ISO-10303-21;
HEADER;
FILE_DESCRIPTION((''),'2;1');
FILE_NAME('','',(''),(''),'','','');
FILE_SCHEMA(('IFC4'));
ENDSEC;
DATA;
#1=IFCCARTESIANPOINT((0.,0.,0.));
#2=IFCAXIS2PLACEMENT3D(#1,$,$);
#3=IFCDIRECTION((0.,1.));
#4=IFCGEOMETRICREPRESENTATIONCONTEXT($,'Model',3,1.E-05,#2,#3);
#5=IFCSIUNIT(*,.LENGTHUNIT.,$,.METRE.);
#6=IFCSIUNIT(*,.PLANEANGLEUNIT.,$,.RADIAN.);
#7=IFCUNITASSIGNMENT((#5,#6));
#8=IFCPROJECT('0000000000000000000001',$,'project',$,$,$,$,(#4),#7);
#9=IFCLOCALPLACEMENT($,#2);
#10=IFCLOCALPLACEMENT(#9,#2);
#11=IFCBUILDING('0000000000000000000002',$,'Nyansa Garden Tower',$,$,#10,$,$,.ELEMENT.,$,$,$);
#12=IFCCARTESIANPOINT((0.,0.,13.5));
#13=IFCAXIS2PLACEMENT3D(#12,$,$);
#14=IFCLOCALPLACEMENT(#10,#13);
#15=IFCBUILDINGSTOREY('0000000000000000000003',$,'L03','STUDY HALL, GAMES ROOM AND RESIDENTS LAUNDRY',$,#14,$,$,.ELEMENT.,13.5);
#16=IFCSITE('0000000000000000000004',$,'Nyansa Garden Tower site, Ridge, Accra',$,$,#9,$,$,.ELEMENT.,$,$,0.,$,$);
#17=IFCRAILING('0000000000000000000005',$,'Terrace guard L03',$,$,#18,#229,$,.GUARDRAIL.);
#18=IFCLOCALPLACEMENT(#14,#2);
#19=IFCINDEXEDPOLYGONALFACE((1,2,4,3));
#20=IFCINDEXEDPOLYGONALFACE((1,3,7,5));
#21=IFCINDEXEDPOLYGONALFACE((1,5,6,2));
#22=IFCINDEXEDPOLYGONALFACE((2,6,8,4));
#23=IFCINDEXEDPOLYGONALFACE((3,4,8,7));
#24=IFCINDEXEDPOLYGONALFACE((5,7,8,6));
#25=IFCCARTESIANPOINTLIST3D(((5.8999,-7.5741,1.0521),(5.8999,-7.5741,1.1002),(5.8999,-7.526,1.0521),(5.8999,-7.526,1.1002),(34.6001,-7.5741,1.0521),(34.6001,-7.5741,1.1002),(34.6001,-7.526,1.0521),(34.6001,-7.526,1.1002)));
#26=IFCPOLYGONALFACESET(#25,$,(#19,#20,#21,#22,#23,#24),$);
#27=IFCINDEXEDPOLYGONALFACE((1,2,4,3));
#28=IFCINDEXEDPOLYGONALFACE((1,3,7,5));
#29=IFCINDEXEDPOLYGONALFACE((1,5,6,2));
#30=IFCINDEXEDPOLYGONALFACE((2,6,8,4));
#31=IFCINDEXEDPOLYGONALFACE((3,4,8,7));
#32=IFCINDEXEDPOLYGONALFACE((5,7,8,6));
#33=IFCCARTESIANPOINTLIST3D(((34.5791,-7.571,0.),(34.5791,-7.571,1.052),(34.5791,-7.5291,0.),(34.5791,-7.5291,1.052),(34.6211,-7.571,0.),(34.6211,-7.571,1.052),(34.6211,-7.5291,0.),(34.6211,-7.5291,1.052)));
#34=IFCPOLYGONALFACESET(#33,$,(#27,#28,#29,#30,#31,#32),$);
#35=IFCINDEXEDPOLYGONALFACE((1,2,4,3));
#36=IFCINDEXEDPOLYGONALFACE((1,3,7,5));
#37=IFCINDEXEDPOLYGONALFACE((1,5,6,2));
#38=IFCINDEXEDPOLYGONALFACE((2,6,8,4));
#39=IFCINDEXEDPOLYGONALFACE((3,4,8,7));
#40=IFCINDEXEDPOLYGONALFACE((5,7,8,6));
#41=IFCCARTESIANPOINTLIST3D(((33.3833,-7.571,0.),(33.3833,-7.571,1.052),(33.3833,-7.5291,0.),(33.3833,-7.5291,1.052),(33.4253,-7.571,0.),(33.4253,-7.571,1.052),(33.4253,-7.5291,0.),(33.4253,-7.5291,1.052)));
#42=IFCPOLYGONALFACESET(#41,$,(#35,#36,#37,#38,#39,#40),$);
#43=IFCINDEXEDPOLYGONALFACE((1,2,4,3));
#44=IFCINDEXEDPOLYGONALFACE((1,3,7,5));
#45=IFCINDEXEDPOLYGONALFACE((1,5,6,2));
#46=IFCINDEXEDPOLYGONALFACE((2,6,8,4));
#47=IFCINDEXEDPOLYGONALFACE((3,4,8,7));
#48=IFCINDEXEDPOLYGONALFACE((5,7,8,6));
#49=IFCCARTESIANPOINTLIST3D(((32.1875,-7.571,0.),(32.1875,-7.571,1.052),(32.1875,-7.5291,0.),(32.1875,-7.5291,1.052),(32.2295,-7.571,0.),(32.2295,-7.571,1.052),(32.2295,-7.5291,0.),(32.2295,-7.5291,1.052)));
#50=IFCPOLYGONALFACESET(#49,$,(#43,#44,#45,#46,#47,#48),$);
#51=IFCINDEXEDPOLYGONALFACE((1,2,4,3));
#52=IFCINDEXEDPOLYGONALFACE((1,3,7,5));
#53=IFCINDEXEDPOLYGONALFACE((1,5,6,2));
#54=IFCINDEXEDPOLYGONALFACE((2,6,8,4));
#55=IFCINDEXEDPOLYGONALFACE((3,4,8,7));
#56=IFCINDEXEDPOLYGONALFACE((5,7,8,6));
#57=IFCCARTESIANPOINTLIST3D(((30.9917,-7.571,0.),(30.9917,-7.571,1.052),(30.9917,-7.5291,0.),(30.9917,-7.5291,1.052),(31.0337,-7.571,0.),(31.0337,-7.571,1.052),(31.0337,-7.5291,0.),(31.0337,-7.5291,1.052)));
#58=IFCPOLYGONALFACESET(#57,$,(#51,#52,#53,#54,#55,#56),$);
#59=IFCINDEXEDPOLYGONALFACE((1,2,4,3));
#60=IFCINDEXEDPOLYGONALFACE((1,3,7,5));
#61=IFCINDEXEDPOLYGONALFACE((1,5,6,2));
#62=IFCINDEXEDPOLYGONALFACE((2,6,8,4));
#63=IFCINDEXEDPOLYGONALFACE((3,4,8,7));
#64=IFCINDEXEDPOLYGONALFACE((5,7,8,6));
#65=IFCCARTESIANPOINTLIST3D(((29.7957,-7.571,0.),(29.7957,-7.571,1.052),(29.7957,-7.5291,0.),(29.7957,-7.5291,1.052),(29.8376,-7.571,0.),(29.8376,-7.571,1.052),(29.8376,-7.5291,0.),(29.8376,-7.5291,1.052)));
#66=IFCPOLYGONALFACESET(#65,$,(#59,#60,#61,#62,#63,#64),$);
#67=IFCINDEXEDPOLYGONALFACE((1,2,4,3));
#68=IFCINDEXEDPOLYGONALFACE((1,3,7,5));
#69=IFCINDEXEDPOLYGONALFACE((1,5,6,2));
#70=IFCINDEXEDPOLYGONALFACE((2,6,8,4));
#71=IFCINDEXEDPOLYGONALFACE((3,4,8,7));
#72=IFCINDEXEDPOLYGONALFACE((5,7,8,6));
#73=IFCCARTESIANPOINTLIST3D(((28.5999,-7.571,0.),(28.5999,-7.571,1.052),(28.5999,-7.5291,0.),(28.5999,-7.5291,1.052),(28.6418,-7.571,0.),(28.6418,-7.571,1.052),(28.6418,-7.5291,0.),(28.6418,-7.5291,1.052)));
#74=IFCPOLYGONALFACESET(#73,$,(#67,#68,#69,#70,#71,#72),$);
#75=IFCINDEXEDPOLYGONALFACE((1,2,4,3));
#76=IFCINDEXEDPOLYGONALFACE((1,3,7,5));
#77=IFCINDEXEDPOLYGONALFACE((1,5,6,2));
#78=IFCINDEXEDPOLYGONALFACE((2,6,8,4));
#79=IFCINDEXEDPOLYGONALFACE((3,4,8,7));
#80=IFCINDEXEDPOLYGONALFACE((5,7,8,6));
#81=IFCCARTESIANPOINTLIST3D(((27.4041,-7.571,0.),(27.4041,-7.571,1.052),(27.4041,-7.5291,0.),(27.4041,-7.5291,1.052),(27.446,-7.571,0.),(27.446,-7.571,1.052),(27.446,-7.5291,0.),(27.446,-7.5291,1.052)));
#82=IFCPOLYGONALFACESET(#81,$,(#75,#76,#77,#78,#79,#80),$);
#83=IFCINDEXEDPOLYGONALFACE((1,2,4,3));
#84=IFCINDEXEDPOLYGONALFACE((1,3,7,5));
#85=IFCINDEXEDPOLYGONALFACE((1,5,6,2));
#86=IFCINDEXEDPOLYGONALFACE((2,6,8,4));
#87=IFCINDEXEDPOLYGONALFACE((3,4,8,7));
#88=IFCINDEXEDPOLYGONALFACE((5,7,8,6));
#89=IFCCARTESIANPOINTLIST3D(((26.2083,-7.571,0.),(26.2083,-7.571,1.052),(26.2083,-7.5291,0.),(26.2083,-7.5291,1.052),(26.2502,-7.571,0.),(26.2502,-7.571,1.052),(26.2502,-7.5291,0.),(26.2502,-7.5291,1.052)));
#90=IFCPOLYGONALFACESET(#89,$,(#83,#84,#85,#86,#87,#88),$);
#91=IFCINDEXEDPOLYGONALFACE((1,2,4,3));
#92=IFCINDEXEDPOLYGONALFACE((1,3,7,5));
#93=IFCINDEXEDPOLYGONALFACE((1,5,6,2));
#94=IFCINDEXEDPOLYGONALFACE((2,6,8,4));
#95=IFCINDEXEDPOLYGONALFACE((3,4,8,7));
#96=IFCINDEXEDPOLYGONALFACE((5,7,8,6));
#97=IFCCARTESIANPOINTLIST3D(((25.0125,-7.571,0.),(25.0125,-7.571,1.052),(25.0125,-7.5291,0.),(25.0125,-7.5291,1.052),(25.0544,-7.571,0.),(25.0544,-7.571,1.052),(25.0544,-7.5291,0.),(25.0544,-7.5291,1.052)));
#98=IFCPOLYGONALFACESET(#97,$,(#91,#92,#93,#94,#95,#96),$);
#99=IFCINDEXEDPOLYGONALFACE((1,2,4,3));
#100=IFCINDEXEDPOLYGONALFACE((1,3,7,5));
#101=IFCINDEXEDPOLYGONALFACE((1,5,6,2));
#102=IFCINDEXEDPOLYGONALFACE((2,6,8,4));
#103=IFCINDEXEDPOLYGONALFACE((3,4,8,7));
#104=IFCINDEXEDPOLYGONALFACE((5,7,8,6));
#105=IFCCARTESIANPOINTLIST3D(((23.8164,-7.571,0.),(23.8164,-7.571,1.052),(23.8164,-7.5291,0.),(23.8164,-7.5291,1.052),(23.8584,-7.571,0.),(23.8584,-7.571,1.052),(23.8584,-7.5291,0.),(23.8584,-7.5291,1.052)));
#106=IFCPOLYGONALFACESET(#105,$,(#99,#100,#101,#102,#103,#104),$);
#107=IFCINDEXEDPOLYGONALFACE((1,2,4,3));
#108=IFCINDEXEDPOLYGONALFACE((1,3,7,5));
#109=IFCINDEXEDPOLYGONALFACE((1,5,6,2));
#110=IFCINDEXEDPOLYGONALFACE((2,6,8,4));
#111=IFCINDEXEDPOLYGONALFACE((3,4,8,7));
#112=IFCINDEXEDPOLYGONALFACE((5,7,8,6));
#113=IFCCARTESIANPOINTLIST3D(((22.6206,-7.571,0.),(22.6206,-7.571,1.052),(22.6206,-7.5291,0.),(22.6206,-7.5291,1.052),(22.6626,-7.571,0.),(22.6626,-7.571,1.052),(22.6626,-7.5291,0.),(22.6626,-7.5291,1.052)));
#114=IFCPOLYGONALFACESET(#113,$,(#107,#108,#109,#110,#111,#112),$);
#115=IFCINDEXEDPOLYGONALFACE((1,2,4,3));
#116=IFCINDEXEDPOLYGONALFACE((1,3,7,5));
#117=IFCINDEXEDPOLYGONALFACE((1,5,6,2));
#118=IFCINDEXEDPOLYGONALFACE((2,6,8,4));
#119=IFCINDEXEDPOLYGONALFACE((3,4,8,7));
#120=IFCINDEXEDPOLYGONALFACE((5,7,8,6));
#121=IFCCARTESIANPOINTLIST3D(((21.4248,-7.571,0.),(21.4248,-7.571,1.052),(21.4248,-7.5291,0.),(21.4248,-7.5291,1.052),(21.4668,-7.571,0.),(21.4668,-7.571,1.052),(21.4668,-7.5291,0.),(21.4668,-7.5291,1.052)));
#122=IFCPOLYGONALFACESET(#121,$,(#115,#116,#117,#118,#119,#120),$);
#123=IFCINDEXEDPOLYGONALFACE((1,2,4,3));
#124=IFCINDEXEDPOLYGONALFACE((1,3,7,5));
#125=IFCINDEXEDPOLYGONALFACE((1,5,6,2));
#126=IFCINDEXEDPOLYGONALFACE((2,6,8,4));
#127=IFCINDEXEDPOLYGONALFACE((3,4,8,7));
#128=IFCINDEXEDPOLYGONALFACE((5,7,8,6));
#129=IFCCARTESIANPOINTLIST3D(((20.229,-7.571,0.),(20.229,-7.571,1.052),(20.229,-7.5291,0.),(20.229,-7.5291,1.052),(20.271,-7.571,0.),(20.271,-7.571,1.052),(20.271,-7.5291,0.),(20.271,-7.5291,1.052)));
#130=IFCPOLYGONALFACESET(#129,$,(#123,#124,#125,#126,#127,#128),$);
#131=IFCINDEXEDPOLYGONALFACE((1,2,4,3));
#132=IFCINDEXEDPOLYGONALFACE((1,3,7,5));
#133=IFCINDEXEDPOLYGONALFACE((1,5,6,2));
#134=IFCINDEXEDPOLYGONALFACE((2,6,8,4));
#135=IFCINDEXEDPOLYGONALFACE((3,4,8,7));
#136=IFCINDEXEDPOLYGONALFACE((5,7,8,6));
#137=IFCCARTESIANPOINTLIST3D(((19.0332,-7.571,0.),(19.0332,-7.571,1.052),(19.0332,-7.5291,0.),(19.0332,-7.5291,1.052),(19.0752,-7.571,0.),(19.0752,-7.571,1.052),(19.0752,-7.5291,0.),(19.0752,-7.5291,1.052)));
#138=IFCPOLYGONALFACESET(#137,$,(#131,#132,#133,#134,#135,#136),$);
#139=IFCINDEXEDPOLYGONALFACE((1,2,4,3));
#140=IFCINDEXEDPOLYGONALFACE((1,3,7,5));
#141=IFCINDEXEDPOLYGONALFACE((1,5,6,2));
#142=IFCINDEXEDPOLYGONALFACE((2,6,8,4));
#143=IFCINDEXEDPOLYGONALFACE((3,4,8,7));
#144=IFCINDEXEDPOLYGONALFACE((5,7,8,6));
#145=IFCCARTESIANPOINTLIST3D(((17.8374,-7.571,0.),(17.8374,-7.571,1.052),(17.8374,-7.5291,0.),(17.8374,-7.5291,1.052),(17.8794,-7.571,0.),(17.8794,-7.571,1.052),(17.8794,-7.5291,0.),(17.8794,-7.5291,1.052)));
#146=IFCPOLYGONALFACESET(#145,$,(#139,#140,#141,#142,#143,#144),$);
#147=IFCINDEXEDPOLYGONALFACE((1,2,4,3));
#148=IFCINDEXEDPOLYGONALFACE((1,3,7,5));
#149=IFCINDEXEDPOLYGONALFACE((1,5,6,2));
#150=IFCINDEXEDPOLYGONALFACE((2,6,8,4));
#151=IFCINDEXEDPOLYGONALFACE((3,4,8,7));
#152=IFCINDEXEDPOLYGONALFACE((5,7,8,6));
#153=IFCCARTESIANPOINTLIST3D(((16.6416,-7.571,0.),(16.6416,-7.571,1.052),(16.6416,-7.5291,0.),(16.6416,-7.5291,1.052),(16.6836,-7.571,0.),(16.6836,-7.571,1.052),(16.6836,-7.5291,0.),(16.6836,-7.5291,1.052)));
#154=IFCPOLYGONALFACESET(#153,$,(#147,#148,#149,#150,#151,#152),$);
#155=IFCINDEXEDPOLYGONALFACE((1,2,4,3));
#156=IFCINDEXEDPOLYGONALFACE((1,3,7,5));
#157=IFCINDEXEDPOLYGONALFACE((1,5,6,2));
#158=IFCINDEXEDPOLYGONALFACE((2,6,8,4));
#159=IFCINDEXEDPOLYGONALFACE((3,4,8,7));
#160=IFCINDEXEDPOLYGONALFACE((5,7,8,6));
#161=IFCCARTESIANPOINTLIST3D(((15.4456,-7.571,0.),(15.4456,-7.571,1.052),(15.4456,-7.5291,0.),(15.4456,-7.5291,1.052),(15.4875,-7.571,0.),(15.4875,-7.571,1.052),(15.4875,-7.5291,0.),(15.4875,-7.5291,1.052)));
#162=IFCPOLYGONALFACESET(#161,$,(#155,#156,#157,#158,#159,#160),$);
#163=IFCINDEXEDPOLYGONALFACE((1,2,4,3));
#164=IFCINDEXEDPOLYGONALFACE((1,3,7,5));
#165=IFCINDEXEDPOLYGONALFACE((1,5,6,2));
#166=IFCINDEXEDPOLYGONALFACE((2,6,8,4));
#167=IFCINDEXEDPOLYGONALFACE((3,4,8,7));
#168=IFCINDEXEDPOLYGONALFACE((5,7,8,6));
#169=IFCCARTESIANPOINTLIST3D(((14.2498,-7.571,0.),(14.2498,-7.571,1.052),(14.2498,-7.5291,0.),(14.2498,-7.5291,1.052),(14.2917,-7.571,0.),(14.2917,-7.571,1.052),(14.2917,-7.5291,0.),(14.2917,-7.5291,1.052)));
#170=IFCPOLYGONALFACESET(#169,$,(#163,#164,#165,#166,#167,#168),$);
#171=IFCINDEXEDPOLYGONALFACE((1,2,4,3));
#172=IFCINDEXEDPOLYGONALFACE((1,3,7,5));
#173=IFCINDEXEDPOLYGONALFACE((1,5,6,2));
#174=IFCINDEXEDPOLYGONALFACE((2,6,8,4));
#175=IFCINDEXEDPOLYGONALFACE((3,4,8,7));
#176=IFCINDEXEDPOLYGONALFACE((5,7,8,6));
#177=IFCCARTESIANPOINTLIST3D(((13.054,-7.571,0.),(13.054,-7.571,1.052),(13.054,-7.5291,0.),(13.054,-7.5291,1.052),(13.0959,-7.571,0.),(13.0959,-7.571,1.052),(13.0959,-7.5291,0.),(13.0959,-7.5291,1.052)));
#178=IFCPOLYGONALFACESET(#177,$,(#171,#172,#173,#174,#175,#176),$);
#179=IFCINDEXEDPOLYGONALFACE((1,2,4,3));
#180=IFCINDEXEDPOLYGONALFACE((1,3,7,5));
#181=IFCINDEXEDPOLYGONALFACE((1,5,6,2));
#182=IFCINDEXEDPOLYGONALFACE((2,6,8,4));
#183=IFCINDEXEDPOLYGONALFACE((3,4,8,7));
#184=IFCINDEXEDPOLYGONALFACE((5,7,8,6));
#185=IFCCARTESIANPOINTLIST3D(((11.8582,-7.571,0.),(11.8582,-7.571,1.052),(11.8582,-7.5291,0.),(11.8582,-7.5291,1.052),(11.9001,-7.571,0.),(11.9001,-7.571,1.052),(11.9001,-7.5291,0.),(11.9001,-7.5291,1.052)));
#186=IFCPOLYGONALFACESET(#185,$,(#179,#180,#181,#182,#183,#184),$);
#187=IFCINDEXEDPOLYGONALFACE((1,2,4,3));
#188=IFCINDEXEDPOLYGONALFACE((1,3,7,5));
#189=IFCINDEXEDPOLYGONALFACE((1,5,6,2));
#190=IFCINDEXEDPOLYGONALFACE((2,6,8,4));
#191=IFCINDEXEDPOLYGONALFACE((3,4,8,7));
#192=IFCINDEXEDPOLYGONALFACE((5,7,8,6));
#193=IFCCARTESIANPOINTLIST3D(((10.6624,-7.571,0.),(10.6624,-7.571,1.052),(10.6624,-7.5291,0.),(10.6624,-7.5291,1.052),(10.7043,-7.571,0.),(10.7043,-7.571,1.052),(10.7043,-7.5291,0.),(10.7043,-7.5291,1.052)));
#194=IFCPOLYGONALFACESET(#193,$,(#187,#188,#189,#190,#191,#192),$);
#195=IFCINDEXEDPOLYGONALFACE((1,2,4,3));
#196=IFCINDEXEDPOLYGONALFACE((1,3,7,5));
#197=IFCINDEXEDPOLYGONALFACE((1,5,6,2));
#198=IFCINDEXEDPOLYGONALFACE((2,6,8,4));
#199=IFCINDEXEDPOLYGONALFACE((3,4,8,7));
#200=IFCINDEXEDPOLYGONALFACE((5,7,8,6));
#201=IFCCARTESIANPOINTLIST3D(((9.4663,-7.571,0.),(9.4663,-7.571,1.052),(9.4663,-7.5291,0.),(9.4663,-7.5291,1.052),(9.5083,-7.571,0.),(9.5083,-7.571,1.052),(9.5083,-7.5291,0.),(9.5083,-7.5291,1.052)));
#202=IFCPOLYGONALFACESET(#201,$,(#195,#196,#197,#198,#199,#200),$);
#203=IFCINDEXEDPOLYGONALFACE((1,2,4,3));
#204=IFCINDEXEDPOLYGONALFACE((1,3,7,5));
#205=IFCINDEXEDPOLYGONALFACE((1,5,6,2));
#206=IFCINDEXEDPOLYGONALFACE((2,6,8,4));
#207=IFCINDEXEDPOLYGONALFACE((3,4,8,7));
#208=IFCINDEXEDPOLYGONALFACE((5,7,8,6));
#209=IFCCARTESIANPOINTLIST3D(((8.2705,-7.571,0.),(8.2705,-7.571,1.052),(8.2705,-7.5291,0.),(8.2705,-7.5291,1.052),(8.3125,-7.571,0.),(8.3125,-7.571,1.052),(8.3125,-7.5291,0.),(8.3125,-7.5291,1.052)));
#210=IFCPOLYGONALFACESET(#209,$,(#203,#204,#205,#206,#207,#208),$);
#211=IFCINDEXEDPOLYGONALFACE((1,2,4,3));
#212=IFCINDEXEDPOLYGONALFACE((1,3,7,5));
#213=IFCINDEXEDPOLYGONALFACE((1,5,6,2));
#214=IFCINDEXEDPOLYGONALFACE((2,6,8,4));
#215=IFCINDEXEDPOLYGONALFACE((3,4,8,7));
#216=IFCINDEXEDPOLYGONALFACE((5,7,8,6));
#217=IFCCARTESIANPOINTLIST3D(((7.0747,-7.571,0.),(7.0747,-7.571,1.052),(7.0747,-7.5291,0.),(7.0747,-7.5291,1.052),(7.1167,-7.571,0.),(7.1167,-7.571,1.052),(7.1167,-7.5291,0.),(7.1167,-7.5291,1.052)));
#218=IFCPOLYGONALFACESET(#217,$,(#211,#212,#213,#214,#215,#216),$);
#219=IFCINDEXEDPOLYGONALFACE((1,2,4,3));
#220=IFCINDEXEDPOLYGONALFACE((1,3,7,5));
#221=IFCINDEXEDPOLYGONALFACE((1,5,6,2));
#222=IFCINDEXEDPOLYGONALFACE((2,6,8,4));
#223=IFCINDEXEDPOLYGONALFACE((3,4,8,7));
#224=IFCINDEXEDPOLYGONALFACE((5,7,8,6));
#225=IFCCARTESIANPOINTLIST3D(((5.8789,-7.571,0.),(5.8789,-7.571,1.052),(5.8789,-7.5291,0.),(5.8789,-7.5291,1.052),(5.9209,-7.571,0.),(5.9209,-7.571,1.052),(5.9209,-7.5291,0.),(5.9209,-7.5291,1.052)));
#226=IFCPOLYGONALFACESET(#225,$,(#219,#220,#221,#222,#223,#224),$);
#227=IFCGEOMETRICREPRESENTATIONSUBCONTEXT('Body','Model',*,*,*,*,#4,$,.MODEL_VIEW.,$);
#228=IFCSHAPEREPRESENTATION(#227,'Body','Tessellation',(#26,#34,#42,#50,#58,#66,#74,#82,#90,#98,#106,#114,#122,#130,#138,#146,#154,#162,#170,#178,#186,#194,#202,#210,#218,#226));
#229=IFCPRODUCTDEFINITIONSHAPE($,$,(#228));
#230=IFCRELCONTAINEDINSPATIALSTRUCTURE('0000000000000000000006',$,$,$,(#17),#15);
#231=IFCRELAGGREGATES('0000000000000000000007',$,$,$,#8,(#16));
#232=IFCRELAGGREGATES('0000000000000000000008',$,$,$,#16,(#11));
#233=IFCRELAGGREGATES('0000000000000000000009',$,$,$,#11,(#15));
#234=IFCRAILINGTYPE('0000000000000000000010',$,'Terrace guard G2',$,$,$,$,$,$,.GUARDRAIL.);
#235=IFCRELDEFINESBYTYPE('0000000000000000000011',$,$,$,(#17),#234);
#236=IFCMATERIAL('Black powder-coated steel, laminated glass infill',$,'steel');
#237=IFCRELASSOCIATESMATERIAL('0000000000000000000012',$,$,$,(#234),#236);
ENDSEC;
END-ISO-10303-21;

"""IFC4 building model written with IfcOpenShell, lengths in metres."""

from ifc_helpers import new_model, si_unit, direction, frame, origin, origin_2d, place, context, subcontext, project, spatial, rectangle, extrude, material, type_object, element, save


model = new_model("IFC4")

# Units and contexts
model_context = context("Model", 3, precision=1e-05, world=origin(), true_north=direction((0.0, 1.0)))
body_context = subcontext(model_context, "Body", "Model", "MODEL_VIEW")
ifc_project = project(units=[si_unit("LENGTHUNIT", "METRE"), si_unit("PLANEANGLEUNIT", "RADIAN")], contexts=[model_context])

# Site, building, storey
site_placement = place(None, origin())
site = spatial("IfcSite", under=ifc_project, at=site_placement, Name="Nyansa Garden Tower site, Ridge, Accra", CompositionType="ELEMENT", RefElevation=0.0)
building_placement = place(site_placement, origin())
building = spatial("IfcBuilding", under=site, at=building_placement, Name="Nyansa Garden Tower", CompositionType="ELEMENT")
storey_placement = place(building_placement, frame((0.0, 0.0, 13.5)))
storey = spatial("IfcBuildingStorey", under=building, at=storey_placement, Name="L03", Description="STUDY HALL, GAMES ROOM AND RESIDENTS LAUNDRY", CompositionType="ELEMENT", Elevation=13.5)

# Railing
ifc_material_1 = material(Name="Black powder-coated steel, laminated glass infill", Category="steel")
railing_type_1 = type_object("IfcRailingType", Name="Terrace guard G2", PredefinedType="GUARDRAIL", material=ifc_material_1)
railing_1_placement = place(storey_placement, frame((34.6001, -7.55, 0.0)))
element("IfcRailing", 1, at=railing_1_placement, inside=storey, type_object=railing_type_1, Name="Terrace guard L03", PredefinedType="GUARDRAIL", context=body_context, shape_type="SweptSolid", body=[
    extrude(rectangle(XDim=0.0481, YDim=0.0481, at=origin_2d()), frame((0.0, 0.0, 1.0762), z_axis=(-1.0, 0.0, 0.0), x_axis=(0.0, -1.0, 0.0)), (0.0, 0.0, 1.0), 28.7002),
    extrude(rectangle(XDim=0.042, YDim=0.042, at=origin_2d()), origin(), (0.0, 0.0, 1.0), 1.052),
    extrude(rectangle(XDim=0.042, YDim=0.042, at=origin_2d()), frame((-1.1958, 0.0, 0.0)), (0.0, 0.0, 1.0), 1.052),
    extrude(rectangle(XDim=0.042, YDim=0.042, at=origin_2d()), frame((-2.3916, 0.0, 0.0)), (0.0, 0.0, 1.0), 1.052),
    extrude(rectangle(XDim=0.042, YDim=0.042, at=origin_2d()), frame((-3.5874, 0.0, 0.0)), (0.0, 0.0, 1.0), 1.052),
    extrude(rectangle(XDim=0.042, YDim=0.042, at=origin_2d()), frame((-4.7834, 0.0, 0.0)), (0.0, 0.0, 1.0), 1.052),
    extrude(rectangle(XDim=0.042, YDim=0.042, at=origin_2d()), frame((-5.9792, 0.0, 0.0)), (0.0, 0.0, 1.0), 1.052),
    extrude(rectangle(XDim=0.042, YDim=0.042, at=origin_2d()), frame((-7.175, 0.0, 0.0)), (0.0, 0.0, 1.0), 1.052),
    extrude(rectangle(XDim=0.042, YDim=0.042, at=origin_2d()), frame((-8.3708, 0.0, 0.0)), (0.0, 0.0, 1.0), 1.052),
    extrude(rectangle(XDim=0.042, YDim=0.042, at=origin_2d()), frame((-9.5667, 0.0, 0.0)), (0.0, 0.0, 1.0), 1.052),
    extrude(rectangle(XDim=0.042, YDim=0.042, at=origin_2d()), frame((-10.7627, 0.0, 0.0)), (0.0, 0.0, 1.0), 1.052),
    extrude(rectangle(XDim=0.042, YDim=0.042, at=origin_2d()), frame((-11.9585, 0.0, 0.0)), (0.0, 0.0, 1.0), 1.052),
    extrude(rectangle(XDim=0.042, YDim=0.042, at=origin_2d()), frame((-13.1543, 0.0, 0.0)), (0.0, 0.0, 1.0), 1.052),
    extrude(rectangle(XDim=0.042, YDim=0.042, at=origin_2d()), frame((-14.3501, 0.0, 0.0)), (0.0, 0.0, 1.0), 1.052),
    extrude(rectangle(XDim=0.042, YDim=0.042, at=origin_2d()), frame((-15.5459, 0.0, 0.0)), (0.0, 0.0, 1.0), 1.052),
    extrude(rectangle(XDim=0.042, YDim=0.042, at=origin_2d()), frame((-16.7417, 0.0, 0.0)), (0.0, 0.0, 1.0), 1.052),
    extrude(rectangle(XDim=0.042, YDim=0.042, at=origin_2d()), frame((-17.9375, 0.0, 0.0)), (0.0, 0.0, 1.0), 1.052),
    extrude(rectangle(XDim=0.042, YDim=0.042, at=origin_2d()), frame((-19.1335, 0.0, 0.0)), (0.0, 0.0, 1.0), 1.052),
    extrude(rectangle(XDim=0.042, YDim=0.042, at=origin_2d()), frame((-20.3293, 0.0, 0.0)), (0.0, 0.0, 1.0), 1.052),
    extrude(rectangle(XDim=0.042, YDim=0.042, at=origin_2d()), frame((-21.5251, 0.0, 0.0)), (0.0, 0.0, 1.0), 1.052),
    extrude(rectangle(XDim=0.042, YDim=0.042, at=origin_2d()), frame((-22.7209, 0.0, 0.0)), (0.0, 0.0, 1.0), 1.052),
    extrude(rectangle(XDim=0.042, YDim=0.042, at=origin_2d()), frame((-23.9167, 0.0, 0.0)), (0.0, 0.0, 1.0), 1.052),
    extrude(rectangle(XDim=0.042, YDim=0.042, at=origin_2d()), frame((-25.1128, 0.0, 0.0)), (0.0, 0.0, 1.0), 1.052),
    extrude(rectangle(XDim=0.042, YDim=0.042, at=origin_2d()), frame((-26.3086, 0.0, 0.0)), (0.0, 0.0, 1.0), 1.052),
    extrude(rectangle(XDim=0.042, YDim=0.042, at=origin_2d()), frame((-27.5044, 0.0, 0.0)), (0.0, 0.0, 1.0), 1.052),
    extrude(rectangle(XDim=0.042, YDim=0.042, at=origin_2d()), frame((-28.7002, 0.0, 0.0)), (0.0, 0.0, 1.0), 1.052),
])

save(model, "model.ifc")
